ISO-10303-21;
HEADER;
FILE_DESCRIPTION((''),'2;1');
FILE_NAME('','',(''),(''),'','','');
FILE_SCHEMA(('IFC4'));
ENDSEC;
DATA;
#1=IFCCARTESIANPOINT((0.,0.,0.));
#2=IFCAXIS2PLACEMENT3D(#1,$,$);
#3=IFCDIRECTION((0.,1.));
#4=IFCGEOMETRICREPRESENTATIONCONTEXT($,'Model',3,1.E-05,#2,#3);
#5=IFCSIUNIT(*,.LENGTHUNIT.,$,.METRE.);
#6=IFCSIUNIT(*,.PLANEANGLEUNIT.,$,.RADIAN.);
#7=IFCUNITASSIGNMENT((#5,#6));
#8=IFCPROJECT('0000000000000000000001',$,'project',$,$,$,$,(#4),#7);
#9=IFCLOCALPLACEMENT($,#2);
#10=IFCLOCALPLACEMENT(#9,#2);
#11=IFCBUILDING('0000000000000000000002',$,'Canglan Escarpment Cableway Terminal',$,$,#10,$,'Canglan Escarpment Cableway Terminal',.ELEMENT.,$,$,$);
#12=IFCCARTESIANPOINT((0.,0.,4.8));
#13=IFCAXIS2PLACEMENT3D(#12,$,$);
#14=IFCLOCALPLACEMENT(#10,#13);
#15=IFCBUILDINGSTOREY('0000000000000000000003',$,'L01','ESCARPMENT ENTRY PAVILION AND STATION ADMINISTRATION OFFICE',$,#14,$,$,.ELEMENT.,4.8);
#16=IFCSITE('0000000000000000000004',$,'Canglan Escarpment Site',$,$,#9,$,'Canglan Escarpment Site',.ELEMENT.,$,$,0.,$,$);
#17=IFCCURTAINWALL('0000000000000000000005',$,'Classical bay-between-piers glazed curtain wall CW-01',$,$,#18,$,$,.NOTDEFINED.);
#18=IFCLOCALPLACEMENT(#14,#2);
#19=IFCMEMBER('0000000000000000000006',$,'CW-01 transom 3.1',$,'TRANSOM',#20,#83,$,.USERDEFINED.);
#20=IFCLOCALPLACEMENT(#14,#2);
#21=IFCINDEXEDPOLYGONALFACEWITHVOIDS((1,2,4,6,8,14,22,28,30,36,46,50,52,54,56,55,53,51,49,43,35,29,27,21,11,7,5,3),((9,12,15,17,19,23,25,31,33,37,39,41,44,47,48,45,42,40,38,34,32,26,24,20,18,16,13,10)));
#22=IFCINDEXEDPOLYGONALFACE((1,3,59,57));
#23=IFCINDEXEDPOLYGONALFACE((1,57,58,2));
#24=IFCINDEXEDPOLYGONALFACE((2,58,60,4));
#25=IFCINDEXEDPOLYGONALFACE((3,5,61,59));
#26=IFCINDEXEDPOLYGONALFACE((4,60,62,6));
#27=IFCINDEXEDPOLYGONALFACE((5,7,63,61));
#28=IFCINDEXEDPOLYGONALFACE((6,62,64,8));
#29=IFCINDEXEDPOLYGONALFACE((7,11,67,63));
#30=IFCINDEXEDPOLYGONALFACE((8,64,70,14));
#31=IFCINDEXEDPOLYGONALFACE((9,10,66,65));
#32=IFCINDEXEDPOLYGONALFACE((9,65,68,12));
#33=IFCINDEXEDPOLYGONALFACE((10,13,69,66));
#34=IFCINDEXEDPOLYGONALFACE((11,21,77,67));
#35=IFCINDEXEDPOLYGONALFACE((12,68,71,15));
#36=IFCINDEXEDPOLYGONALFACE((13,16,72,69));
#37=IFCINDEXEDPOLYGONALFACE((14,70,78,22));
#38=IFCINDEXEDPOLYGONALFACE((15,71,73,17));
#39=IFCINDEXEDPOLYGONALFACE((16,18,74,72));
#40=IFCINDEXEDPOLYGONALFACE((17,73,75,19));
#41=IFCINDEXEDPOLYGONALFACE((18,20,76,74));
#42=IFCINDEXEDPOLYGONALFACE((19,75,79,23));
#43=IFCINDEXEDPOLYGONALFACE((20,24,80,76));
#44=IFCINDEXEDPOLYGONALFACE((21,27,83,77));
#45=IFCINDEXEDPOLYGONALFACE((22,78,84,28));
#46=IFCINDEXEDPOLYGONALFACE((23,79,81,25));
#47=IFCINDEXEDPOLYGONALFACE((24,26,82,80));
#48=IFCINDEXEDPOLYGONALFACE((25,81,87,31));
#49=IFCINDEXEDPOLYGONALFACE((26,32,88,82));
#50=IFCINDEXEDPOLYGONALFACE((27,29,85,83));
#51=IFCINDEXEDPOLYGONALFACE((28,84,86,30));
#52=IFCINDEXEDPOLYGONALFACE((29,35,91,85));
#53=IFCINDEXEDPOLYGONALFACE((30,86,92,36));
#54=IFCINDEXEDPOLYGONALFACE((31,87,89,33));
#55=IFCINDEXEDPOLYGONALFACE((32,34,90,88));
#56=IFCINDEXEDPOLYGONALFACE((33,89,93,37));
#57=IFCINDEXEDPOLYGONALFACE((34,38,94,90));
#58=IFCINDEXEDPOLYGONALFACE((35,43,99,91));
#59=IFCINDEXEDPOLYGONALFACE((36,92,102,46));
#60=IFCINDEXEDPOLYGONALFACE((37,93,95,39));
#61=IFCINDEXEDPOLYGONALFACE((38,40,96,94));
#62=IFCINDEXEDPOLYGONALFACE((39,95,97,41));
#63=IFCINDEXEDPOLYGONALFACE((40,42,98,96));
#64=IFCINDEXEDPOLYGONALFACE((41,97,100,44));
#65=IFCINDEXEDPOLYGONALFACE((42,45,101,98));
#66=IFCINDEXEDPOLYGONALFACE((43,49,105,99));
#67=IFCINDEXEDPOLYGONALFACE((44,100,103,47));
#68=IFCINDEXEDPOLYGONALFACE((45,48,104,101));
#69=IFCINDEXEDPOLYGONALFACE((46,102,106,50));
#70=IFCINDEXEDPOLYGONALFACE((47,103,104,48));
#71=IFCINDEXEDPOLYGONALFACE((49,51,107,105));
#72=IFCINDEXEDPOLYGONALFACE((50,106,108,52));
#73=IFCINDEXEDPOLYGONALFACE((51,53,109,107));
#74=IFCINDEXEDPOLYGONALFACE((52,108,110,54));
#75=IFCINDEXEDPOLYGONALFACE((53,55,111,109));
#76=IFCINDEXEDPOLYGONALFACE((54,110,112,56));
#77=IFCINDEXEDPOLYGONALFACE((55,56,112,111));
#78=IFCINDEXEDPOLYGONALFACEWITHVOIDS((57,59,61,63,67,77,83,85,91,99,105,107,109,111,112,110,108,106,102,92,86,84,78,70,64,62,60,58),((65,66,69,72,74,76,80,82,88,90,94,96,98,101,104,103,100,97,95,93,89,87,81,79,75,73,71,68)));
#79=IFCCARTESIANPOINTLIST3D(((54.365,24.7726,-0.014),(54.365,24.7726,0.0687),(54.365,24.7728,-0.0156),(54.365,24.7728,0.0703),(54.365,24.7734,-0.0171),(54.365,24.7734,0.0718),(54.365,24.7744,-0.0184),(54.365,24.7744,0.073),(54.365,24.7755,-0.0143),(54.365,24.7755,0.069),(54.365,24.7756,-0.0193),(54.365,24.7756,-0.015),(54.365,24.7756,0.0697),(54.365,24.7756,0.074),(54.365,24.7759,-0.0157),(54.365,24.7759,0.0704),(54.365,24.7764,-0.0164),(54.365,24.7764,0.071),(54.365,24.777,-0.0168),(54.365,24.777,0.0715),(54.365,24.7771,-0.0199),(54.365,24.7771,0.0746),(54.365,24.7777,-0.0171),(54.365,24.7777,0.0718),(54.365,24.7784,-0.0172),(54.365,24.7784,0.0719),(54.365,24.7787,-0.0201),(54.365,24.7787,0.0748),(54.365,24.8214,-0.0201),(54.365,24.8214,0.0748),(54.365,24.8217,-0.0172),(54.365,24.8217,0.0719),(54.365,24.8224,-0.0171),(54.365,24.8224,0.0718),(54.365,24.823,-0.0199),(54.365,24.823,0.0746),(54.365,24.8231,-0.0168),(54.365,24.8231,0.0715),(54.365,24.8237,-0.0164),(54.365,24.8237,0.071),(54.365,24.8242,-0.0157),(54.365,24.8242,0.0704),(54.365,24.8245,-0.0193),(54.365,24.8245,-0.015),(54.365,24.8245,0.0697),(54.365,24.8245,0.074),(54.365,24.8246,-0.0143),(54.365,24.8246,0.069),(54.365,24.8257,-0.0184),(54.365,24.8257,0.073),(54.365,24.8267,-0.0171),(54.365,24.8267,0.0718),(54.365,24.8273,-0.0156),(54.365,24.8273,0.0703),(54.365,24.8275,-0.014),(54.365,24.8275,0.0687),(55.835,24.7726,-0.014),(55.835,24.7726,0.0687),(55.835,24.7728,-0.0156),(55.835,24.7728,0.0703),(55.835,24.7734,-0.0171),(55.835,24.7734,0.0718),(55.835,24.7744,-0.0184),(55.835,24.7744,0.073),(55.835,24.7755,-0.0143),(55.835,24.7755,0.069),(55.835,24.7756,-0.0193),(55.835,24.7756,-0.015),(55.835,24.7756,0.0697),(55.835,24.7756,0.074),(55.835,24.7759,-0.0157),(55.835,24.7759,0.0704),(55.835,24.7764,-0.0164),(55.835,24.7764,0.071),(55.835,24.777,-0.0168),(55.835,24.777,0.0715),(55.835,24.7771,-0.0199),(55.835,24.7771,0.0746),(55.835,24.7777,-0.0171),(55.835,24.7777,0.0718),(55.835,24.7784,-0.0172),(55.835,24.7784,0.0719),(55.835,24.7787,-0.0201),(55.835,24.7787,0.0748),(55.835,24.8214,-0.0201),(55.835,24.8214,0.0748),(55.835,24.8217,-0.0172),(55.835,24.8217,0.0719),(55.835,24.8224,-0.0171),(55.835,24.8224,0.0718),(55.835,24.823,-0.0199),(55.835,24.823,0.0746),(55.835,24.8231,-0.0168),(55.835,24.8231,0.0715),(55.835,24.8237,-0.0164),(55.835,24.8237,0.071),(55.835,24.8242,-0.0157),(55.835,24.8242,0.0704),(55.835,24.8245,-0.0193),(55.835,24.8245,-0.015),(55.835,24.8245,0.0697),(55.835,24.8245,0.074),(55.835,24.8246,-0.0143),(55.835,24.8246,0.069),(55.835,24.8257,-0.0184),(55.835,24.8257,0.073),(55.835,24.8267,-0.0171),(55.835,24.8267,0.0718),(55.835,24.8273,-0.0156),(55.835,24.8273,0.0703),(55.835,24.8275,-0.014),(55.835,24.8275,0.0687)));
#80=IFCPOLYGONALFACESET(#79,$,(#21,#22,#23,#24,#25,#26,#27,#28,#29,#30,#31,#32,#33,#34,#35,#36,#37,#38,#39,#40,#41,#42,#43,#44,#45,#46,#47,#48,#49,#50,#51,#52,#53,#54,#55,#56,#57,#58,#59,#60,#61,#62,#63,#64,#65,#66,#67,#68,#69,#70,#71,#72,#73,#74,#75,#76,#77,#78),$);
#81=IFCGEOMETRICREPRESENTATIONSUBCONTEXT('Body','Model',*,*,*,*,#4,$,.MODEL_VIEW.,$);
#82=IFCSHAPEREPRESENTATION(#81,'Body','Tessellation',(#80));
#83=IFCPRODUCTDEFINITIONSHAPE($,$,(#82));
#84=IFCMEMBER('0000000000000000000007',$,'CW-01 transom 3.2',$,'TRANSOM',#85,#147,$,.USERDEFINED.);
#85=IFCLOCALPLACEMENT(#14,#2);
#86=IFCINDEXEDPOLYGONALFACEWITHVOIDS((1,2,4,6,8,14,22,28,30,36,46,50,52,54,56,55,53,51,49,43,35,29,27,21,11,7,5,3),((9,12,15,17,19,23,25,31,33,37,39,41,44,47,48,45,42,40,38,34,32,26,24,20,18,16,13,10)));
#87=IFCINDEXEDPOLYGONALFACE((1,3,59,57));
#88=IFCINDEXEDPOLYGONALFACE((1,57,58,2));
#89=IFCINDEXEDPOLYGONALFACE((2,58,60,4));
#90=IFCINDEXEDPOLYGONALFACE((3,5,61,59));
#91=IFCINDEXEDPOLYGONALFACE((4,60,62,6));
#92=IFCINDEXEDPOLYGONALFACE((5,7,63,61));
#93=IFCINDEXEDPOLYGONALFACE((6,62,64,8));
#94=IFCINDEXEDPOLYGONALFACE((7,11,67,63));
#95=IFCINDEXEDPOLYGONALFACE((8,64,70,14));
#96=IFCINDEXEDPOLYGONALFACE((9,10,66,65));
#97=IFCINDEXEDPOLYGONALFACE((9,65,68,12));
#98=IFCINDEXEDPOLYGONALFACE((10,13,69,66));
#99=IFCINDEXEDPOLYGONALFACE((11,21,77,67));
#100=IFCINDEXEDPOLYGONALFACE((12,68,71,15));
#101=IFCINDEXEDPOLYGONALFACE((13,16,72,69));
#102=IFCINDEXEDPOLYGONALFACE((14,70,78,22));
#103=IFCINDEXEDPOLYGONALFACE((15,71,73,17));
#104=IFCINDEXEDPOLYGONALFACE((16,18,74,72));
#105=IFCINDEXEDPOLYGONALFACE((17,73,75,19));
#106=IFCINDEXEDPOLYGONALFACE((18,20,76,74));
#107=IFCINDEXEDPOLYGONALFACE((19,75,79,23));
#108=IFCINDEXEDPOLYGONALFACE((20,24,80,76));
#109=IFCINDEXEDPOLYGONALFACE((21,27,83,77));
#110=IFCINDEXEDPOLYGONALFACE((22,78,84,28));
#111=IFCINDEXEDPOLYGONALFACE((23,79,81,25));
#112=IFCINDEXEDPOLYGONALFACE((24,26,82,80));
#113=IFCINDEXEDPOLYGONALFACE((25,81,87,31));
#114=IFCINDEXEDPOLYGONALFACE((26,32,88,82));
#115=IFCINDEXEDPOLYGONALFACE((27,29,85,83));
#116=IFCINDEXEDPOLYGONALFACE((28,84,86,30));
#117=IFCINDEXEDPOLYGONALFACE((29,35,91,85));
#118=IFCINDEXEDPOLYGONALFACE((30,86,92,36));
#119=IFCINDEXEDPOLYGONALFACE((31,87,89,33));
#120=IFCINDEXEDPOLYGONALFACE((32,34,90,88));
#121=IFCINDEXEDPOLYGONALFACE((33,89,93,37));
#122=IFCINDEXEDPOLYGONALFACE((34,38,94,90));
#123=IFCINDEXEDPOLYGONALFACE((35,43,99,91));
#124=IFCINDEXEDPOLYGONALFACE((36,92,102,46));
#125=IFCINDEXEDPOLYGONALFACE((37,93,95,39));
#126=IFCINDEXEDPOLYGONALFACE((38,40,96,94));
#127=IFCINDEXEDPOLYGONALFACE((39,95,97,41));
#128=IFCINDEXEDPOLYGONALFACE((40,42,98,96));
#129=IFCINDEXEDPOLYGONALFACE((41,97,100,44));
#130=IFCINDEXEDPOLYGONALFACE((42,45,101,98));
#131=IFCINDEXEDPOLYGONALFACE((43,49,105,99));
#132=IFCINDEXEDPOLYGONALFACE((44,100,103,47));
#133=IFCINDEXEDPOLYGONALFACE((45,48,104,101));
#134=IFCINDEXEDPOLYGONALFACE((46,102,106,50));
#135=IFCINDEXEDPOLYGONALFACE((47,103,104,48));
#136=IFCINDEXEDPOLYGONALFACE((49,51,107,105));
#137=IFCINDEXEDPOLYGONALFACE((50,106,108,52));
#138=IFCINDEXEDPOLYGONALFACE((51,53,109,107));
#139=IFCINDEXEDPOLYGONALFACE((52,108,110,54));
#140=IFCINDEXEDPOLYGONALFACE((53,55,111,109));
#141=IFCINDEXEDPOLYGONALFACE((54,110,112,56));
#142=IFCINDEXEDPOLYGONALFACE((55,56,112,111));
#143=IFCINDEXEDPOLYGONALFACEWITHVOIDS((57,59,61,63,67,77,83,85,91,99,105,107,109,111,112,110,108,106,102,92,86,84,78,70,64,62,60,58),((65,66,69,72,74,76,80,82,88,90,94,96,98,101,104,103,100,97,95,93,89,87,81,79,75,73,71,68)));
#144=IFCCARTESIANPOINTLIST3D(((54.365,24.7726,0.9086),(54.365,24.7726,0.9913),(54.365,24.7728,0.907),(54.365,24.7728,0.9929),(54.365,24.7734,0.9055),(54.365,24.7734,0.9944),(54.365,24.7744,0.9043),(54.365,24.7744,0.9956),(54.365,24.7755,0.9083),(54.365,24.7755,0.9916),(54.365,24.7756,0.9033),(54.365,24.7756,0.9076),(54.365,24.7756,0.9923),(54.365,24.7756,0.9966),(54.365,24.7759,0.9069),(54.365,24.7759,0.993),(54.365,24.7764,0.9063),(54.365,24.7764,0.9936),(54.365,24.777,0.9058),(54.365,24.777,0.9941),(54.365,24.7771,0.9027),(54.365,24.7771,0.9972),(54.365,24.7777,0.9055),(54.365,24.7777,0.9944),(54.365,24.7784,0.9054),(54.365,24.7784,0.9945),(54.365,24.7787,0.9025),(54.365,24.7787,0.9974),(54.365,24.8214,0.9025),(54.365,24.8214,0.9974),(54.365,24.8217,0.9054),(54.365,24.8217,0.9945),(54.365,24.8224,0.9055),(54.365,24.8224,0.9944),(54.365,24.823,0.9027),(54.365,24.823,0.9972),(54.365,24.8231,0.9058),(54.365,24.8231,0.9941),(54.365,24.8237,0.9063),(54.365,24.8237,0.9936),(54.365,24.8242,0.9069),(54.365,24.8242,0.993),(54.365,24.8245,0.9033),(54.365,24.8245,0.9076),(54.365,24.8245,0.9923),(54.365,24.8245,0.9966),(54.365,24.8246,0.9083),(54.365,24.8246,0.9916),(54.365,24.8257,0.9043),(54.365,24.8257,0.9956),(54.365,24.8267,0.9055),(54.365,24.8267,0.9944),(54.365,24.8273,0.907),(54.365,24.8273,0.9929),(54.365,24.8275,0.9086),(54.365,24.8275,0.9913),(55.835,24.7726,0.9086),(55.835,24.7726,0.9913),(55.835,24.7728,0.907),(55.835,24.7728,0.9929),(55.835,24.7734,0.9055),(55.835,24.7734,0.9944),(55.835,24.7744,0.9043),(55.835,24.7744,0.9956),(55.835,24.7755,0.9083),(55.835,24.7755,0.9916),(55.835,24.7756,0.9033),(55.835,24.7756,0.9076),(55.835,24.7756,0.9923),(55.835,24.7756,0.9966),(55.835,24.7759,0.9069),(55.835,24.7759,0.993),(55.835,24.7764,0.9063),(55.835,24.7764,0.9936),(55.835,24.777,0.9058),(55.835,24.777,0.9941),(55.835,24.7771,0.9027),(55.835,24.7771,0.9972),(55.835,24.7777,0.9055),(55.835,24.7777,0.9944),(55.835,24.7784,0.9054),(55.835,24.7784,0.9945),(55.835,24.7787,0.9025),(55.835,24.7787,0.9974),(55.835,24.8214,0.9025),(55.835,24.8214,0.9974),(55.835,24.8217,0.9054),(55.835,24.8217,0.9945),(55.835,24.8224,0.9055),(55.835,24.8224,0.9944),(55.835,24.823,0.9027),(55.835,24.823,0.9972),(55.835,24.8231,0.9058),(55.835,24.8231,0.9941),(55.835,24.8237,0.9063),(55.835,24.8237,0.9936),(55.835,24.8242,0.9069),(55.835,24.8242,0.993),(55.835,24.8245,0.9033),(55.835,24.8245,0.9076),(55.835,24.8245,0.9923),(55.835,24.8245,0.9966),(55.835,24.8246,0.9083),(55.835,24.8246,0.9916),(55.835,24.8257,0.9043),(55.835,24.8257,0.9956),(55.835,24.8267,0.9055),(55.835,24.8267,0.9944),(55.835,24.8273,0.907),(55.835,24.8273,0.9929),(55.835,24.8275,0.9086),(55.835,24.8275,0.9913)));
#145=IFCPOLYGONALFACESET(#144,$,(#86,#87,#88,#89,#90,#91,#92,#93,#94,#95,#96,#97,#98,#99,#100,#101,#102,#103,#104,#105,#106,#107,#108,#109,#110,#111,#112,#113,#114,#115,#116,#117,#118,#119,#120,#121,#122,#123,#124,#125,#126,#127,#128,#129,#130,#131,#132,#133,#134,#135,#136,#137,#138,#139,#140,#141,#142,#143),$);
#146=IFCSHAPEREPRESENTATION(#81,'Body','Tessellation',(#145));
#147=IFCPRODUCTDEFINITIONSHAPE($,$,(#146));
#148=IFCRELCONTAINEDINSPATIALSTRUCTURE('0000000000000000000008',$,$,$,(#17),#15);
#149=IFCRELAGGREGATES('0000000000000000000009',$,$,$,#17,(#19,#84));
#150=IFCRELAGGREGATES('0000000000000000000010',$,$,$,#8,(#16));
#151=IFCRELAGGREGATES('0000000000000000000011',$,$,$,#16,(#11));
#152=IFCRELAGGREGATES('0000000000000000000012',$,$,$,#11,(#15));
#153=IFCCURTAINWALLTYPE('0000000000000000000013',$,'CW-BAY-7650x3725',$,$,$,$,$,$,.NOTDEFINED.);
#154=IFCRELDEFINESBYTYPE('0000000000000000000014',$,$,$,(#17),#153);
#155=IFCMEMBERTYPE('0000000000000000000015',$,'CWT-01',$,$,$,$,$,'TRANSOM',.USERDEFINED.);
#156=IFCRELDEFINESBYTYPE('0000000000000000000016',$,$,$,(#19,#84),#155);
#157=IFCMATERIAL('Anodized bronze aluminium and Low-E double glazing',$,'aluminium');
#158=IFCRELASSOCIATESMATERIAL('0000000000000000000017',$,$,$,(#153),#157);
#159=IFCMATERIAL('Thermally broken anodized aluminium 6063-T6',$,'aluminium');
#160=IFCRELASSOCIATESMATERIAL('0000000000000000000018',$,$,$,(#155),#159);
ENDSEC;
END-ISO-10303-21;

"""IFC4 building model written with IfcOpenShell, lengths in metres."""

from ifc_helpers import new_model, si_unit, direction, frame, origin, origin_2d, place, context, subcontext, project, spatial, hollow_rectangle, extrude, material, material_profile, profile_set, type_object, element, aggregate, save


model = new_model("IFC4")

# Units and contexts
model_context = context("Model", 3, precision=1e-05, world=origin(), true_north=direction((0.0, 1.0)))
body_context = subcontext(model_context, "Body", "Model", "MODEL_VIEW")
ifc_project = project(units=[si_unit("LENGTHUNIT", "METRE"), si_unit("PLANEANGLEUNIT", "RADIAN")], contexts=[model_context])

# Site, building, storey
site_placement = place(None, origin())
site = spatial("IfcSite", under=ifc_project, at=site_placement, Name="Canglan Escarpment Site", LongName="Canglan Escarpment Site", CompositionType="ELEMENT", RefElevation=0.0)
building_placement = place(site_placement, origin())
building = spatial("IfcBuilding", under=site, at=building_placement, Name="Canglan Escarpment Cableway Terminal", LongName="Canglan Escarpment Cableway Terminal", CompositionType="ELEMENT")
storey_placement = place(building_placement, frame((0.0, 0.0, 4.8)))
storey = spatial("IfcBuildingStorey", under=building, at=storey_placement, Name="L01", Description="ESCARPMENT ENTRY PAVILION AND STATION ADMINISTRATION OFFICE", CompositionType="ELEMENT", Elevation=4.8)

# Curtain wall, members
ifc_material_1 = material(Name="Anodized bronze aluminium and Low-E double glazing", Category="aluminium")
curtain_wall_type = type_object("IfcCurtainWallType", Name="CW-BAY-7650x3725", PredefinedType="NOTDEFINED", material=ifc_material_1)
curtain_wall_placement = place(storey_placement, origin())
curtain_wall = element("IfcCurtainWall", 1, at=curtain_wall_placement, inside=storey, type_object=curtain_wall_type, Name="Classical bay-between-piers glazed curtain wall CW-01", PredefinedType="NOTDEFINED")
ifc_material_2 = material(Name="Thermally broken anodized aluminium 6063-T6", Category="aluminium")
ifc_material_profile_1 = material_profile(ifc_material_2, hollow_rectangle(XDim=0.0549, YDim=0.095, WallThickness=0.0029, InnerFilletRadius=0.0029, OuterFilletRadius=0.0061, at=origin_2d()), Name="ALU-TRAN 55x95x3")
ifc_profile_set_1 = profile_set([ifc_material_profile_1], Name="Thermally broken anodized aluminium 6063-T6")
member_type_1 = type_object("IfcMemberType", Name="CWT-01", ElementType="TRANSOM", PredefinedType="USERDEFINED", material=ifc_profile_set_1)
member_1_placement = place(storey_placement, frame((55.835, 24.8, 0.0273), z_axis=(-1.0, 0.0, 0.0), x_axis=(0.0, -1.0, 0.0)))
member_1 = element("IfcMember", 2, at=member_1_placement, type_object=member_type_1, Name="CW-01 transom 3.1", ObjectType="TRANSOM", PredefinedType="USERDEFINED", context=body_context, shape_type="SweptSolid", body=[
    extrude(hollow_rectangle(XDim=0.0549, YDim=0.095, WallThickness=0.0029, InnerFilletRadius=0.0029, OuterFilletRadius=0.0061, at=origin_2d()), origin(), (0.0, 0.0, 1.0), 1.47),
])
member_2_placement = place(storey_placement, frame((55.835, 24.8, 0.95), z_axis=(-1.0, 0.0, 0.0), x_axis=(0.0, -1.0, 0.0)))
member_2 = element("IfcMember", 3, at=member_2_placement, type_object=member_type_1, Name="CW-01 transom 3.2", ObjectType="TRANSOM", PredefinedType="USERDEFINED", context=body_context, shape_type="SweptSolid", body=[
    extrude(hollow_rectangle(XDim=0.0549, YDim=0.095, WallThickness=0.0029, InnerFilletRadius=0.0029, OuterFilletRadius=0.0061, at=origin_2d()), origin(), (0.0, 0.0, 1.0), 1.47),
])
aggregate(curtain_wall, [member_1, member_2])

save(model, "model.ifc")
